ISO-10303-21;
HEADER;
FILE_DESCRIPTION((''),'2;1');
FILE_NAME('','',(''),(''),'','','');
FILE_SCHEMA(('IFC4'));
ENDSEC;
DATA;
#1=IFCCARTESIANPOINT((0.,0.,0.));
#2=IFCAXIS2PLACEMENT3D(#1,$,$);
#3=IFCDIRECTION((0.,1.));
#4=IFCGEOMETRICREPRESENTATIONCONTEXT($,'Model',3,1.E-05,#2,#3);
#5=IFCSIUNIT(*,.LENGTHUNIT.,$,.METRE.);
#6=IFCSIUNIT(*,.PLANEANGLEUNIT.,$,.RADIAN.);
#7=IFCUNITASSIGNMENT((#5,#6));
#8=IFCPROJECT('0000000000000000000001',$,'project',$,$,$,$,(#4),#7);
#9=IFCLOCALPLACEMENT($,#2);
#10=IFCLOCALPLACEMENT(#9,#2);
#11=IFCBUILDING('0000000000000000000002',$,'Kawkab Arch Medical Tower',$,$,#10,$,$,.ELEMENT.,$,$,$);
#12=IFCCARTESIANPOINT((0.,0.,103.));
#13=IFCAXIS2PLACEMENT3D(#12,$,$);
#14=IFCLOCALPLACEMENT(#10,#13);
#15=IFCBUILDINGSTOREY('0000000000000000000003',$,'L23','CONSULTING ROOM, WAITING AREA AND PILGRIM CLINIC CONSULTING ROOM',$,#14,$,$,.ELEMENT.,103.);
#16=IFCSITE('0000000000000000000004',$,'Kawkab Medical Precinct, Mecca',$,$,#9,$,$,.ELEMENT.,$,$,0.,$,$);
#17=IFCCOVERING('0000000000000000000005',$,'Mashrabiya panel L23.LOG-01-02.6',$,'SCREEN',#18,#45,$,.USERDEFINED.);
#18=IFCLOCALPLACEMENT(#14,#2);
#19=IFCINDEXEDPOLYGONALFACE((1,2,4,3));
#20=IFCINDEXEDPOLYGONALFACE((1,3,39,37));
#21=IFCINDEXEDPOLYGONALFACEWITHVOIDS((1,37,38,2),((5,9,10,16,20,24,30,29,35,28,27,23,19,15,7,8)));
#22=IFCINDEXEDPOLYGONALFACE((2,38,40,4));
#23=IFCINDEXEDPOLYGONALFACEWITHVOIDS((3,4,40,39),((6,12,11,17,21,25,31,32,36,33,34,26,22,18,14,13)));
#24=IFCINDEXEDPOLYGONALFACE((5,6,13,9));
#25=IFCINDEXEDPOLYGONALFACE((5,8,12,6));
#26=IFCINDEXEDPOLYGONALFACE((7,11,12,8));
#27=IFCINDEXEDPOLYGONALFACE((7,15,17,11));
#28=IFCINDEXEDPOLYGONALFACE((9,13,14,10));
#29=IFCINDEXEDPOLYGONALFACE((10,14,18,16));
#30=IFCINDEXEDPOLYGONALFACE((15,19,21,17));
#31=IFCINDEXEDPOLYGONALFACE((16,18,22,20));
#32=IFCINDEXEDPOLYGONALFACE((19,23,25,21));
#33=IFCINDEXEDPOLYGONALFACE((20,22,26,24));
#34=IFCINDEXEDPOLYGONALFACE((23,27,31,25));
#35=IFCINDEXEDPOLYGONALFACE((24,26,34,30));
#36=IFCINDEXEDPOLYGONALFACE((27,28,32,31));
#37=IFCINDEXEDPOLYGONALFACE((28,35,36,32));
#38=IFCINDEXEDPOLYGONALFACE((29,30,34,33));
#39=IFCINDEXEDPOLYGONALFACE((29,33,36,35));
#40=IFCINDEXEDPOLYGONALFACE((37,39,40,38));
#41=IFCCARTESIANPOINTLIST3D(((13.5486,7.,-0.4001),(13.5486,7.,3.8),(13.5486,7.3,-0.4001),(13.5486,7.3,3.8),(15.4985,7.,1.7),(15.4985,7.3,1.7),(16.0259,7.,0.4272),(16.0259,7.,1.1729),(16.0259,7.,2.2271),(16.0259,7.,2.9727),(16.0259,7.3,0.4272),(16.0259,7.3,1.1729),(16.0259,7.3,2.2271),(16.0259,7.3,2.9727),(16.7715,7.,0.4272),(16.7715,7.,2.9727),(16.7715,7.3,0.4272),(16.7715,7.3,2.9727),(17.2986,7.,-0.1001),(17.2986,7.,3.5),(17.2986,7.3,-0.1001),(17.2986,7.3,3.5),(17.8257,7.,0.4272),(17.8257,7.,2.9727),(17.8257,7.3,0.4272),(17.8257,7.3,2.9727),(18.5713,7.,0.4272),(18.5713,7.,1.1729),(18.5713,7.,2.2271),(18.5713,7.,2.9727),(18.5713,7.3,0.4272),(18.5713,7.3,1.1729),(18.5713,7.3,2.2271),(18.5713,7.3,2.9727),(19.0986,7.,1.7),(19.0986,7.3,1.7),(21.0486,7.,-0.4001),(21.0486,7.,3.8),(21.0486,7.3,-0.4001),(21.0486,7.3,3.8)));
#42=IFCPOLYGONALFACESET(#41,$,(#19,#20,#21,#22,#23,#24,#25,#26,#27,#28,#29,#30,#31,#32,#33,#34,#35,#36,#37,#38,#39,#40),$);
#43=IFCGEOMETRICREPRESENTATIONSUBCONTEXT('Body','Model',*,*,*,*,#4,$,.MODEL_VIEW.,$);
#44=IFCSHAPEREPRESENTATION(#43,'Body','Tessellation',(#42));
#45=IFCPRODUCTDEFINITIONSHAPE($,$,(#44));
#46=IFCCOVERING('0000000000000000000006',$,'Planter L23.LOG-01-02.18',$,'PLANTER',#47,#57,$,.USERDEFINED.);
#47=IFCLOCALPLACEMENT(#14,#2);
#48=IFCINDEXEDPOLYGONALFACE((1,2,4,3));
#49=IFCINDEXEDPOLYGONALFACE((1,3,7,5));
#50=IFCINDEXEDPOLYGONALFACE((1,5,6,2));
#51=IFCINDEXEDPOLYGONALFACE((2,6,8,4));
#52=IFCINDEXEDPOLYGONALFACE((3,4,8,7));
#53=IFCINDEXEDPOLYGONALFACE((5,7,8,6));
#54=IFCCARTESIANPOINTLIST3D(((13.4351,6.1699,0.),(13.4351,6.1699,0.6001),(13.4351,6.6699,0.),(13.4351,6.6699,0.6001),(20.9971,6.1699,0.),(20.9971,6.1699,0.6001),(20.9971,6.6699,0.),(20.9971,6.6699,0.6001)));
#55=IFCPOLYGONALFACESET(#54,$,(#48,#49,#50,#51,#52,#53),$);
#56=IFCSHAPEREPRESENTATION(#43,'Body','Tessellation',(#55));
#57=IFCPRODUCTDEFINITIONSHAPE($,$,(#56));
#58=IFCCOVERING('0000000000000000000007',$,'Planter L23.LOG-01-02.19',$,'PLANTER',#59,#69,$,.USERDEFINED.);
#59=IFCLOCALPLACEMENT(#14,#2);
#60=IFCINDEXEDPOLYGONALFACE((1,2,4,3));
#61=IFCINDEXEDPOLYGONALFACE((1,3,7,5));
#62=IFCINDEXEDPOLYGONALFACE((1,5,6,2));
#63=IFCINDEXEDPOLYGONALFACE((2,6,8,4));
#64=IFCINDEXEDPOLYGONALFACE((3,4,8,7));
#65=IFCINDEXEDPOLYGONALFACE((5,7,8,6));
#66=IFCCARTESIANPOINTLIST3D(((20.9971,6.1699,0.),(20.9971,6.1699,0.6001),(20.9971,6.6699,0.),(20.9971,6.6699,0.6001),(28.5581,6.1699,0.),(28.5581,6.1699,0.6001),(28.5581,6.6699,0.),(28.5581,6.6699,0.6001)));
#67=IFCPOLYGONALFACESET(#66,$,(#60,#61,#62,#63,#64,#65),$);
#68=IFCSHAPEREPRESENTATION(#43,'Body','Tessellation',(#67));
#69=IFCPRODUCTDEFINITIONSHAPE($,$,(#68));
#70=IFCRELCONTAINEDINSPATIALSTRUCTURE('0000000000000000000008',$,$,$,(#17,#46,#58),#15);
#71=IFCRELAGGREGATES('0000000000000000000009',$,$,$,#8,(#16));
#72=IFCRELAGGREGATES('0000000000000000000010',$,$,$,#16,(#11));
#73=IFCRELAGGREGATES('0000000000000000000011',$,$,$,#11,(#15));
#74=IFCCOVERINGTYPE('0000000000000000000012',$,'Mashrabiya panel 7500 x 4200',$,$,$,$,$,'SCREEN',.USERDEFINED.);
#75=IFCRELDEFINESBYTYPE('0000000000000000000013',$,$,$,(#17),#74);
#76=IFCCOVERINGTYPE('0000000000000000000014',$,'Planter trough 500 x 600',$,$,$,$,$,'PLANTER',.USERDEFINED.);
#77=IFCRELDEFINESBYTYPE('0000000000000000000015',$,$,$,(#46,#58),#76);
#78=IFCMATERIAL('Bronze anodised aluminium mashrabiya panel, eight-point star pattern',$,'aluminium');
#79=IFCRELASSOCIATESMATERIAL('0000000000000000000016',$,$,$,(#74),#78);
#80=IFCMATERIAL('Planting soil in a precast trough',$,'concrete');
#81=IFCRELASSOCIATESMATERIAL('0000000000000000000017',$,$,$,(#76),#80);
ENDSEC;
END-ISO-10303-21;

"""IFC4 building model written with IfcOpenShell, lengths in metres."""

from ifc_helpers import new_model, si_unit, direction, frame, origin, origin_2d, place, context, subcontext, project, spatial, polyline, rectangle, outline, extrude, material, material_profile, profile_set, type_object, element, save


model = new_model("IFC4")

# Units and contexts
model_context = context("Model", 3, precision=1e-05, world=origin(), true_north=direction((0.0, 1.0)))
body_context = subcontext(model_context, "Body", "Model", "MODEL_VIEW")
ifc_project = project(units=[si_unit("LENGTHUNIT", "METRE"), si_unit("PLANEANGLEUNIT", "RADIAN")], contexts=[model_context])

# Site, building, storey
site_placement = place(None, origin())
site = spatial("IfcSite", under=ifc_project, at=site_placement, Name="Kawkab Medical Precinct, Mecca", CompositionType="ELEMENT", RefElevation=0.0)
building_placement = place(site_placement, origin())
building = spatial("IfcBuilding", under=site, at=building_placement, Name="Kawkab Arch Medical Tower", CompositionType="ELEMENT")
storey_placement = place(building_placement, frame((0.0, 0.0, 103.0)))
storey = spatial("IfcBuildingStorey", under=building, at=storey_placement, Name="L23", Description="CONSULTING ROOM, WAITING AREA AND PILGRIM CLINIC CONSULTING ROOM", CompositionType="ELEMENT", Elevation=103.0)

# Coverings
ifc_material_1 = material(Name="Bronze anodised aluminium mashrabiya panel, eight-point star pattern", Category="aluminium")
ifc_material_profile_1 = material_profile(ifc_material_1, outline(polyline([(-3.75, -2.1001), (3.75, -2.1001), (3.75, 2.1001), (-3.75, 2.1001), (-3.75, -2.1001)]), holes=[polyline([(1.8, 0.0), (1.2727, 0.5271), (1.2727, 1.2727), (0.5271, 1.2727), (0.0, 1.8), (-0.5271, 1.2727), (-1.2727, 1.2727), (-1.2727, 0.5271), (-1.8, 0.0), (-1.2727, -0.5271), (-1.2727, -1.2727), (-0.5271, -1.2727), (0.0, -1.8), (0.5271, -1.2727), (1.2727, -1.2727), (1.2727, -0.5271), (1.8, 0.0)])]), Name="Mashrabiya panel 7500x4200")
ifc_profile_set_1 = profile_set([ifc_material_profile_1], Name="Bronze anodised aluminium mashrabiya panel, eight-point star pattern")
covering_type_1 = type_object("IfcCoveringType", Name="Mashrabiya panel 7500 x 4200", ElementType="SCREEN", PredefinedType="USERDEFINED", material=ifc_profile_set_1)
covering_1_placement = place(storey_placement, frame((17.2986, 7.0, 1.7), z_axis=(0.0, 1.0, 0.0), x_axis=(-1.0, 0.0, 0.0)))
element("IfcCovering", 1, at=covering_1_placement, inside=storey, type_object=covering_type_1, Name="Mashrabiya panel L23.LOG-01-02.6", ObjectType="SCREEN", PredefinedType="USERDEFINED", context=body_context, shape_type="SweptSolid", body=[
    extrude(outline(polyline([(-3.75, -2.1001), (3.75, -2.1001), (3.75, 2.1001), (-3.75, 2.1001), (-3.75, -2.1001)]), holes=[polyline([(1.8, 0.0), (1.2727, 0.5271), (1.2727, 1.2727), (0.5271, 1.2727), (0.0, 1.8), (-0.5271, 1.2727), (-1.2727, 1.2727), (-1.2727, 0.5271), (-1.8, 0.0), (-1.2727, -0.5271), (-1.2727, -1.2727), (-0.5271, -1.2727), (0.0, -1.8), (0.5271, -1.2727), (1.2727, -1.2727), (1.2727, -0.5271), (1.8, 0.0)])]), origin(), (0.0, 0.0, 1.0), 0.3),
])
ifc_material_2 = material(Name="Planting soil in a precast trough", Category="concrete")
ifc_material_profile_2 = material_profile(ifc_material_2, rectangle(XDim=0.5, YDim=0.6001, at=origin_2d()), Name="Trough 500x600")
ifc_profile_set_2 = profile_set([ifc_material_profile_2], Name="Planting soil in a precast trough")
covering_type_2 = type_object("IfcCoveringType", Name="Planter trough 500 x 600", ElementType="PLANTER", PredefinedType="USERDEFINED", material=ifc_profile_set_2)
covering_2_placement = place(storey_placement, frame((13.4351, 6.4199, 0.3), z_axis=(1.0, 0.0, 0.0), x_axis=(0.0, 1.0, 0.0)))
element("IfcCovering", 2, at=covering_2_placement, inside=storey, type_object=covering_type_2, Name="Planter L23.LOG-01-02.18", ObjectType="PLANTER", PredefinedType="USERDEFINED", context=body_context, shape_type="SweptSolid", body=[
    extrude(rectangle(XDim=0.5, YDim=0.6001, at=origin_2d()), origin(), (0.0, 0.0, 1.0), 7.562),
])
covering_3_placement = place(storey_placement, frame((20.9971, 6.4199, 0.3), z_axis=(1.0, 0.0, 0.0), x_axis=(0.0, 1.0, 0.0)))
element("IfcCovering", 3, at=covering_3_placement, inside=storey, type_object=covering_type_2, Name="Planter L23.LOG-01-02.19", ObjectType="PLANTER", PredefinedType="USERDEFINED", context=body_context, shape_type="SweptSolid", body=[
    extrude(rectangle(XDim=0.5, YDim=0.6001, at=origin_2d()), origin(), (0.0, 0.0, 1.0), 7.561),
])

save(model, "model.ifc")
